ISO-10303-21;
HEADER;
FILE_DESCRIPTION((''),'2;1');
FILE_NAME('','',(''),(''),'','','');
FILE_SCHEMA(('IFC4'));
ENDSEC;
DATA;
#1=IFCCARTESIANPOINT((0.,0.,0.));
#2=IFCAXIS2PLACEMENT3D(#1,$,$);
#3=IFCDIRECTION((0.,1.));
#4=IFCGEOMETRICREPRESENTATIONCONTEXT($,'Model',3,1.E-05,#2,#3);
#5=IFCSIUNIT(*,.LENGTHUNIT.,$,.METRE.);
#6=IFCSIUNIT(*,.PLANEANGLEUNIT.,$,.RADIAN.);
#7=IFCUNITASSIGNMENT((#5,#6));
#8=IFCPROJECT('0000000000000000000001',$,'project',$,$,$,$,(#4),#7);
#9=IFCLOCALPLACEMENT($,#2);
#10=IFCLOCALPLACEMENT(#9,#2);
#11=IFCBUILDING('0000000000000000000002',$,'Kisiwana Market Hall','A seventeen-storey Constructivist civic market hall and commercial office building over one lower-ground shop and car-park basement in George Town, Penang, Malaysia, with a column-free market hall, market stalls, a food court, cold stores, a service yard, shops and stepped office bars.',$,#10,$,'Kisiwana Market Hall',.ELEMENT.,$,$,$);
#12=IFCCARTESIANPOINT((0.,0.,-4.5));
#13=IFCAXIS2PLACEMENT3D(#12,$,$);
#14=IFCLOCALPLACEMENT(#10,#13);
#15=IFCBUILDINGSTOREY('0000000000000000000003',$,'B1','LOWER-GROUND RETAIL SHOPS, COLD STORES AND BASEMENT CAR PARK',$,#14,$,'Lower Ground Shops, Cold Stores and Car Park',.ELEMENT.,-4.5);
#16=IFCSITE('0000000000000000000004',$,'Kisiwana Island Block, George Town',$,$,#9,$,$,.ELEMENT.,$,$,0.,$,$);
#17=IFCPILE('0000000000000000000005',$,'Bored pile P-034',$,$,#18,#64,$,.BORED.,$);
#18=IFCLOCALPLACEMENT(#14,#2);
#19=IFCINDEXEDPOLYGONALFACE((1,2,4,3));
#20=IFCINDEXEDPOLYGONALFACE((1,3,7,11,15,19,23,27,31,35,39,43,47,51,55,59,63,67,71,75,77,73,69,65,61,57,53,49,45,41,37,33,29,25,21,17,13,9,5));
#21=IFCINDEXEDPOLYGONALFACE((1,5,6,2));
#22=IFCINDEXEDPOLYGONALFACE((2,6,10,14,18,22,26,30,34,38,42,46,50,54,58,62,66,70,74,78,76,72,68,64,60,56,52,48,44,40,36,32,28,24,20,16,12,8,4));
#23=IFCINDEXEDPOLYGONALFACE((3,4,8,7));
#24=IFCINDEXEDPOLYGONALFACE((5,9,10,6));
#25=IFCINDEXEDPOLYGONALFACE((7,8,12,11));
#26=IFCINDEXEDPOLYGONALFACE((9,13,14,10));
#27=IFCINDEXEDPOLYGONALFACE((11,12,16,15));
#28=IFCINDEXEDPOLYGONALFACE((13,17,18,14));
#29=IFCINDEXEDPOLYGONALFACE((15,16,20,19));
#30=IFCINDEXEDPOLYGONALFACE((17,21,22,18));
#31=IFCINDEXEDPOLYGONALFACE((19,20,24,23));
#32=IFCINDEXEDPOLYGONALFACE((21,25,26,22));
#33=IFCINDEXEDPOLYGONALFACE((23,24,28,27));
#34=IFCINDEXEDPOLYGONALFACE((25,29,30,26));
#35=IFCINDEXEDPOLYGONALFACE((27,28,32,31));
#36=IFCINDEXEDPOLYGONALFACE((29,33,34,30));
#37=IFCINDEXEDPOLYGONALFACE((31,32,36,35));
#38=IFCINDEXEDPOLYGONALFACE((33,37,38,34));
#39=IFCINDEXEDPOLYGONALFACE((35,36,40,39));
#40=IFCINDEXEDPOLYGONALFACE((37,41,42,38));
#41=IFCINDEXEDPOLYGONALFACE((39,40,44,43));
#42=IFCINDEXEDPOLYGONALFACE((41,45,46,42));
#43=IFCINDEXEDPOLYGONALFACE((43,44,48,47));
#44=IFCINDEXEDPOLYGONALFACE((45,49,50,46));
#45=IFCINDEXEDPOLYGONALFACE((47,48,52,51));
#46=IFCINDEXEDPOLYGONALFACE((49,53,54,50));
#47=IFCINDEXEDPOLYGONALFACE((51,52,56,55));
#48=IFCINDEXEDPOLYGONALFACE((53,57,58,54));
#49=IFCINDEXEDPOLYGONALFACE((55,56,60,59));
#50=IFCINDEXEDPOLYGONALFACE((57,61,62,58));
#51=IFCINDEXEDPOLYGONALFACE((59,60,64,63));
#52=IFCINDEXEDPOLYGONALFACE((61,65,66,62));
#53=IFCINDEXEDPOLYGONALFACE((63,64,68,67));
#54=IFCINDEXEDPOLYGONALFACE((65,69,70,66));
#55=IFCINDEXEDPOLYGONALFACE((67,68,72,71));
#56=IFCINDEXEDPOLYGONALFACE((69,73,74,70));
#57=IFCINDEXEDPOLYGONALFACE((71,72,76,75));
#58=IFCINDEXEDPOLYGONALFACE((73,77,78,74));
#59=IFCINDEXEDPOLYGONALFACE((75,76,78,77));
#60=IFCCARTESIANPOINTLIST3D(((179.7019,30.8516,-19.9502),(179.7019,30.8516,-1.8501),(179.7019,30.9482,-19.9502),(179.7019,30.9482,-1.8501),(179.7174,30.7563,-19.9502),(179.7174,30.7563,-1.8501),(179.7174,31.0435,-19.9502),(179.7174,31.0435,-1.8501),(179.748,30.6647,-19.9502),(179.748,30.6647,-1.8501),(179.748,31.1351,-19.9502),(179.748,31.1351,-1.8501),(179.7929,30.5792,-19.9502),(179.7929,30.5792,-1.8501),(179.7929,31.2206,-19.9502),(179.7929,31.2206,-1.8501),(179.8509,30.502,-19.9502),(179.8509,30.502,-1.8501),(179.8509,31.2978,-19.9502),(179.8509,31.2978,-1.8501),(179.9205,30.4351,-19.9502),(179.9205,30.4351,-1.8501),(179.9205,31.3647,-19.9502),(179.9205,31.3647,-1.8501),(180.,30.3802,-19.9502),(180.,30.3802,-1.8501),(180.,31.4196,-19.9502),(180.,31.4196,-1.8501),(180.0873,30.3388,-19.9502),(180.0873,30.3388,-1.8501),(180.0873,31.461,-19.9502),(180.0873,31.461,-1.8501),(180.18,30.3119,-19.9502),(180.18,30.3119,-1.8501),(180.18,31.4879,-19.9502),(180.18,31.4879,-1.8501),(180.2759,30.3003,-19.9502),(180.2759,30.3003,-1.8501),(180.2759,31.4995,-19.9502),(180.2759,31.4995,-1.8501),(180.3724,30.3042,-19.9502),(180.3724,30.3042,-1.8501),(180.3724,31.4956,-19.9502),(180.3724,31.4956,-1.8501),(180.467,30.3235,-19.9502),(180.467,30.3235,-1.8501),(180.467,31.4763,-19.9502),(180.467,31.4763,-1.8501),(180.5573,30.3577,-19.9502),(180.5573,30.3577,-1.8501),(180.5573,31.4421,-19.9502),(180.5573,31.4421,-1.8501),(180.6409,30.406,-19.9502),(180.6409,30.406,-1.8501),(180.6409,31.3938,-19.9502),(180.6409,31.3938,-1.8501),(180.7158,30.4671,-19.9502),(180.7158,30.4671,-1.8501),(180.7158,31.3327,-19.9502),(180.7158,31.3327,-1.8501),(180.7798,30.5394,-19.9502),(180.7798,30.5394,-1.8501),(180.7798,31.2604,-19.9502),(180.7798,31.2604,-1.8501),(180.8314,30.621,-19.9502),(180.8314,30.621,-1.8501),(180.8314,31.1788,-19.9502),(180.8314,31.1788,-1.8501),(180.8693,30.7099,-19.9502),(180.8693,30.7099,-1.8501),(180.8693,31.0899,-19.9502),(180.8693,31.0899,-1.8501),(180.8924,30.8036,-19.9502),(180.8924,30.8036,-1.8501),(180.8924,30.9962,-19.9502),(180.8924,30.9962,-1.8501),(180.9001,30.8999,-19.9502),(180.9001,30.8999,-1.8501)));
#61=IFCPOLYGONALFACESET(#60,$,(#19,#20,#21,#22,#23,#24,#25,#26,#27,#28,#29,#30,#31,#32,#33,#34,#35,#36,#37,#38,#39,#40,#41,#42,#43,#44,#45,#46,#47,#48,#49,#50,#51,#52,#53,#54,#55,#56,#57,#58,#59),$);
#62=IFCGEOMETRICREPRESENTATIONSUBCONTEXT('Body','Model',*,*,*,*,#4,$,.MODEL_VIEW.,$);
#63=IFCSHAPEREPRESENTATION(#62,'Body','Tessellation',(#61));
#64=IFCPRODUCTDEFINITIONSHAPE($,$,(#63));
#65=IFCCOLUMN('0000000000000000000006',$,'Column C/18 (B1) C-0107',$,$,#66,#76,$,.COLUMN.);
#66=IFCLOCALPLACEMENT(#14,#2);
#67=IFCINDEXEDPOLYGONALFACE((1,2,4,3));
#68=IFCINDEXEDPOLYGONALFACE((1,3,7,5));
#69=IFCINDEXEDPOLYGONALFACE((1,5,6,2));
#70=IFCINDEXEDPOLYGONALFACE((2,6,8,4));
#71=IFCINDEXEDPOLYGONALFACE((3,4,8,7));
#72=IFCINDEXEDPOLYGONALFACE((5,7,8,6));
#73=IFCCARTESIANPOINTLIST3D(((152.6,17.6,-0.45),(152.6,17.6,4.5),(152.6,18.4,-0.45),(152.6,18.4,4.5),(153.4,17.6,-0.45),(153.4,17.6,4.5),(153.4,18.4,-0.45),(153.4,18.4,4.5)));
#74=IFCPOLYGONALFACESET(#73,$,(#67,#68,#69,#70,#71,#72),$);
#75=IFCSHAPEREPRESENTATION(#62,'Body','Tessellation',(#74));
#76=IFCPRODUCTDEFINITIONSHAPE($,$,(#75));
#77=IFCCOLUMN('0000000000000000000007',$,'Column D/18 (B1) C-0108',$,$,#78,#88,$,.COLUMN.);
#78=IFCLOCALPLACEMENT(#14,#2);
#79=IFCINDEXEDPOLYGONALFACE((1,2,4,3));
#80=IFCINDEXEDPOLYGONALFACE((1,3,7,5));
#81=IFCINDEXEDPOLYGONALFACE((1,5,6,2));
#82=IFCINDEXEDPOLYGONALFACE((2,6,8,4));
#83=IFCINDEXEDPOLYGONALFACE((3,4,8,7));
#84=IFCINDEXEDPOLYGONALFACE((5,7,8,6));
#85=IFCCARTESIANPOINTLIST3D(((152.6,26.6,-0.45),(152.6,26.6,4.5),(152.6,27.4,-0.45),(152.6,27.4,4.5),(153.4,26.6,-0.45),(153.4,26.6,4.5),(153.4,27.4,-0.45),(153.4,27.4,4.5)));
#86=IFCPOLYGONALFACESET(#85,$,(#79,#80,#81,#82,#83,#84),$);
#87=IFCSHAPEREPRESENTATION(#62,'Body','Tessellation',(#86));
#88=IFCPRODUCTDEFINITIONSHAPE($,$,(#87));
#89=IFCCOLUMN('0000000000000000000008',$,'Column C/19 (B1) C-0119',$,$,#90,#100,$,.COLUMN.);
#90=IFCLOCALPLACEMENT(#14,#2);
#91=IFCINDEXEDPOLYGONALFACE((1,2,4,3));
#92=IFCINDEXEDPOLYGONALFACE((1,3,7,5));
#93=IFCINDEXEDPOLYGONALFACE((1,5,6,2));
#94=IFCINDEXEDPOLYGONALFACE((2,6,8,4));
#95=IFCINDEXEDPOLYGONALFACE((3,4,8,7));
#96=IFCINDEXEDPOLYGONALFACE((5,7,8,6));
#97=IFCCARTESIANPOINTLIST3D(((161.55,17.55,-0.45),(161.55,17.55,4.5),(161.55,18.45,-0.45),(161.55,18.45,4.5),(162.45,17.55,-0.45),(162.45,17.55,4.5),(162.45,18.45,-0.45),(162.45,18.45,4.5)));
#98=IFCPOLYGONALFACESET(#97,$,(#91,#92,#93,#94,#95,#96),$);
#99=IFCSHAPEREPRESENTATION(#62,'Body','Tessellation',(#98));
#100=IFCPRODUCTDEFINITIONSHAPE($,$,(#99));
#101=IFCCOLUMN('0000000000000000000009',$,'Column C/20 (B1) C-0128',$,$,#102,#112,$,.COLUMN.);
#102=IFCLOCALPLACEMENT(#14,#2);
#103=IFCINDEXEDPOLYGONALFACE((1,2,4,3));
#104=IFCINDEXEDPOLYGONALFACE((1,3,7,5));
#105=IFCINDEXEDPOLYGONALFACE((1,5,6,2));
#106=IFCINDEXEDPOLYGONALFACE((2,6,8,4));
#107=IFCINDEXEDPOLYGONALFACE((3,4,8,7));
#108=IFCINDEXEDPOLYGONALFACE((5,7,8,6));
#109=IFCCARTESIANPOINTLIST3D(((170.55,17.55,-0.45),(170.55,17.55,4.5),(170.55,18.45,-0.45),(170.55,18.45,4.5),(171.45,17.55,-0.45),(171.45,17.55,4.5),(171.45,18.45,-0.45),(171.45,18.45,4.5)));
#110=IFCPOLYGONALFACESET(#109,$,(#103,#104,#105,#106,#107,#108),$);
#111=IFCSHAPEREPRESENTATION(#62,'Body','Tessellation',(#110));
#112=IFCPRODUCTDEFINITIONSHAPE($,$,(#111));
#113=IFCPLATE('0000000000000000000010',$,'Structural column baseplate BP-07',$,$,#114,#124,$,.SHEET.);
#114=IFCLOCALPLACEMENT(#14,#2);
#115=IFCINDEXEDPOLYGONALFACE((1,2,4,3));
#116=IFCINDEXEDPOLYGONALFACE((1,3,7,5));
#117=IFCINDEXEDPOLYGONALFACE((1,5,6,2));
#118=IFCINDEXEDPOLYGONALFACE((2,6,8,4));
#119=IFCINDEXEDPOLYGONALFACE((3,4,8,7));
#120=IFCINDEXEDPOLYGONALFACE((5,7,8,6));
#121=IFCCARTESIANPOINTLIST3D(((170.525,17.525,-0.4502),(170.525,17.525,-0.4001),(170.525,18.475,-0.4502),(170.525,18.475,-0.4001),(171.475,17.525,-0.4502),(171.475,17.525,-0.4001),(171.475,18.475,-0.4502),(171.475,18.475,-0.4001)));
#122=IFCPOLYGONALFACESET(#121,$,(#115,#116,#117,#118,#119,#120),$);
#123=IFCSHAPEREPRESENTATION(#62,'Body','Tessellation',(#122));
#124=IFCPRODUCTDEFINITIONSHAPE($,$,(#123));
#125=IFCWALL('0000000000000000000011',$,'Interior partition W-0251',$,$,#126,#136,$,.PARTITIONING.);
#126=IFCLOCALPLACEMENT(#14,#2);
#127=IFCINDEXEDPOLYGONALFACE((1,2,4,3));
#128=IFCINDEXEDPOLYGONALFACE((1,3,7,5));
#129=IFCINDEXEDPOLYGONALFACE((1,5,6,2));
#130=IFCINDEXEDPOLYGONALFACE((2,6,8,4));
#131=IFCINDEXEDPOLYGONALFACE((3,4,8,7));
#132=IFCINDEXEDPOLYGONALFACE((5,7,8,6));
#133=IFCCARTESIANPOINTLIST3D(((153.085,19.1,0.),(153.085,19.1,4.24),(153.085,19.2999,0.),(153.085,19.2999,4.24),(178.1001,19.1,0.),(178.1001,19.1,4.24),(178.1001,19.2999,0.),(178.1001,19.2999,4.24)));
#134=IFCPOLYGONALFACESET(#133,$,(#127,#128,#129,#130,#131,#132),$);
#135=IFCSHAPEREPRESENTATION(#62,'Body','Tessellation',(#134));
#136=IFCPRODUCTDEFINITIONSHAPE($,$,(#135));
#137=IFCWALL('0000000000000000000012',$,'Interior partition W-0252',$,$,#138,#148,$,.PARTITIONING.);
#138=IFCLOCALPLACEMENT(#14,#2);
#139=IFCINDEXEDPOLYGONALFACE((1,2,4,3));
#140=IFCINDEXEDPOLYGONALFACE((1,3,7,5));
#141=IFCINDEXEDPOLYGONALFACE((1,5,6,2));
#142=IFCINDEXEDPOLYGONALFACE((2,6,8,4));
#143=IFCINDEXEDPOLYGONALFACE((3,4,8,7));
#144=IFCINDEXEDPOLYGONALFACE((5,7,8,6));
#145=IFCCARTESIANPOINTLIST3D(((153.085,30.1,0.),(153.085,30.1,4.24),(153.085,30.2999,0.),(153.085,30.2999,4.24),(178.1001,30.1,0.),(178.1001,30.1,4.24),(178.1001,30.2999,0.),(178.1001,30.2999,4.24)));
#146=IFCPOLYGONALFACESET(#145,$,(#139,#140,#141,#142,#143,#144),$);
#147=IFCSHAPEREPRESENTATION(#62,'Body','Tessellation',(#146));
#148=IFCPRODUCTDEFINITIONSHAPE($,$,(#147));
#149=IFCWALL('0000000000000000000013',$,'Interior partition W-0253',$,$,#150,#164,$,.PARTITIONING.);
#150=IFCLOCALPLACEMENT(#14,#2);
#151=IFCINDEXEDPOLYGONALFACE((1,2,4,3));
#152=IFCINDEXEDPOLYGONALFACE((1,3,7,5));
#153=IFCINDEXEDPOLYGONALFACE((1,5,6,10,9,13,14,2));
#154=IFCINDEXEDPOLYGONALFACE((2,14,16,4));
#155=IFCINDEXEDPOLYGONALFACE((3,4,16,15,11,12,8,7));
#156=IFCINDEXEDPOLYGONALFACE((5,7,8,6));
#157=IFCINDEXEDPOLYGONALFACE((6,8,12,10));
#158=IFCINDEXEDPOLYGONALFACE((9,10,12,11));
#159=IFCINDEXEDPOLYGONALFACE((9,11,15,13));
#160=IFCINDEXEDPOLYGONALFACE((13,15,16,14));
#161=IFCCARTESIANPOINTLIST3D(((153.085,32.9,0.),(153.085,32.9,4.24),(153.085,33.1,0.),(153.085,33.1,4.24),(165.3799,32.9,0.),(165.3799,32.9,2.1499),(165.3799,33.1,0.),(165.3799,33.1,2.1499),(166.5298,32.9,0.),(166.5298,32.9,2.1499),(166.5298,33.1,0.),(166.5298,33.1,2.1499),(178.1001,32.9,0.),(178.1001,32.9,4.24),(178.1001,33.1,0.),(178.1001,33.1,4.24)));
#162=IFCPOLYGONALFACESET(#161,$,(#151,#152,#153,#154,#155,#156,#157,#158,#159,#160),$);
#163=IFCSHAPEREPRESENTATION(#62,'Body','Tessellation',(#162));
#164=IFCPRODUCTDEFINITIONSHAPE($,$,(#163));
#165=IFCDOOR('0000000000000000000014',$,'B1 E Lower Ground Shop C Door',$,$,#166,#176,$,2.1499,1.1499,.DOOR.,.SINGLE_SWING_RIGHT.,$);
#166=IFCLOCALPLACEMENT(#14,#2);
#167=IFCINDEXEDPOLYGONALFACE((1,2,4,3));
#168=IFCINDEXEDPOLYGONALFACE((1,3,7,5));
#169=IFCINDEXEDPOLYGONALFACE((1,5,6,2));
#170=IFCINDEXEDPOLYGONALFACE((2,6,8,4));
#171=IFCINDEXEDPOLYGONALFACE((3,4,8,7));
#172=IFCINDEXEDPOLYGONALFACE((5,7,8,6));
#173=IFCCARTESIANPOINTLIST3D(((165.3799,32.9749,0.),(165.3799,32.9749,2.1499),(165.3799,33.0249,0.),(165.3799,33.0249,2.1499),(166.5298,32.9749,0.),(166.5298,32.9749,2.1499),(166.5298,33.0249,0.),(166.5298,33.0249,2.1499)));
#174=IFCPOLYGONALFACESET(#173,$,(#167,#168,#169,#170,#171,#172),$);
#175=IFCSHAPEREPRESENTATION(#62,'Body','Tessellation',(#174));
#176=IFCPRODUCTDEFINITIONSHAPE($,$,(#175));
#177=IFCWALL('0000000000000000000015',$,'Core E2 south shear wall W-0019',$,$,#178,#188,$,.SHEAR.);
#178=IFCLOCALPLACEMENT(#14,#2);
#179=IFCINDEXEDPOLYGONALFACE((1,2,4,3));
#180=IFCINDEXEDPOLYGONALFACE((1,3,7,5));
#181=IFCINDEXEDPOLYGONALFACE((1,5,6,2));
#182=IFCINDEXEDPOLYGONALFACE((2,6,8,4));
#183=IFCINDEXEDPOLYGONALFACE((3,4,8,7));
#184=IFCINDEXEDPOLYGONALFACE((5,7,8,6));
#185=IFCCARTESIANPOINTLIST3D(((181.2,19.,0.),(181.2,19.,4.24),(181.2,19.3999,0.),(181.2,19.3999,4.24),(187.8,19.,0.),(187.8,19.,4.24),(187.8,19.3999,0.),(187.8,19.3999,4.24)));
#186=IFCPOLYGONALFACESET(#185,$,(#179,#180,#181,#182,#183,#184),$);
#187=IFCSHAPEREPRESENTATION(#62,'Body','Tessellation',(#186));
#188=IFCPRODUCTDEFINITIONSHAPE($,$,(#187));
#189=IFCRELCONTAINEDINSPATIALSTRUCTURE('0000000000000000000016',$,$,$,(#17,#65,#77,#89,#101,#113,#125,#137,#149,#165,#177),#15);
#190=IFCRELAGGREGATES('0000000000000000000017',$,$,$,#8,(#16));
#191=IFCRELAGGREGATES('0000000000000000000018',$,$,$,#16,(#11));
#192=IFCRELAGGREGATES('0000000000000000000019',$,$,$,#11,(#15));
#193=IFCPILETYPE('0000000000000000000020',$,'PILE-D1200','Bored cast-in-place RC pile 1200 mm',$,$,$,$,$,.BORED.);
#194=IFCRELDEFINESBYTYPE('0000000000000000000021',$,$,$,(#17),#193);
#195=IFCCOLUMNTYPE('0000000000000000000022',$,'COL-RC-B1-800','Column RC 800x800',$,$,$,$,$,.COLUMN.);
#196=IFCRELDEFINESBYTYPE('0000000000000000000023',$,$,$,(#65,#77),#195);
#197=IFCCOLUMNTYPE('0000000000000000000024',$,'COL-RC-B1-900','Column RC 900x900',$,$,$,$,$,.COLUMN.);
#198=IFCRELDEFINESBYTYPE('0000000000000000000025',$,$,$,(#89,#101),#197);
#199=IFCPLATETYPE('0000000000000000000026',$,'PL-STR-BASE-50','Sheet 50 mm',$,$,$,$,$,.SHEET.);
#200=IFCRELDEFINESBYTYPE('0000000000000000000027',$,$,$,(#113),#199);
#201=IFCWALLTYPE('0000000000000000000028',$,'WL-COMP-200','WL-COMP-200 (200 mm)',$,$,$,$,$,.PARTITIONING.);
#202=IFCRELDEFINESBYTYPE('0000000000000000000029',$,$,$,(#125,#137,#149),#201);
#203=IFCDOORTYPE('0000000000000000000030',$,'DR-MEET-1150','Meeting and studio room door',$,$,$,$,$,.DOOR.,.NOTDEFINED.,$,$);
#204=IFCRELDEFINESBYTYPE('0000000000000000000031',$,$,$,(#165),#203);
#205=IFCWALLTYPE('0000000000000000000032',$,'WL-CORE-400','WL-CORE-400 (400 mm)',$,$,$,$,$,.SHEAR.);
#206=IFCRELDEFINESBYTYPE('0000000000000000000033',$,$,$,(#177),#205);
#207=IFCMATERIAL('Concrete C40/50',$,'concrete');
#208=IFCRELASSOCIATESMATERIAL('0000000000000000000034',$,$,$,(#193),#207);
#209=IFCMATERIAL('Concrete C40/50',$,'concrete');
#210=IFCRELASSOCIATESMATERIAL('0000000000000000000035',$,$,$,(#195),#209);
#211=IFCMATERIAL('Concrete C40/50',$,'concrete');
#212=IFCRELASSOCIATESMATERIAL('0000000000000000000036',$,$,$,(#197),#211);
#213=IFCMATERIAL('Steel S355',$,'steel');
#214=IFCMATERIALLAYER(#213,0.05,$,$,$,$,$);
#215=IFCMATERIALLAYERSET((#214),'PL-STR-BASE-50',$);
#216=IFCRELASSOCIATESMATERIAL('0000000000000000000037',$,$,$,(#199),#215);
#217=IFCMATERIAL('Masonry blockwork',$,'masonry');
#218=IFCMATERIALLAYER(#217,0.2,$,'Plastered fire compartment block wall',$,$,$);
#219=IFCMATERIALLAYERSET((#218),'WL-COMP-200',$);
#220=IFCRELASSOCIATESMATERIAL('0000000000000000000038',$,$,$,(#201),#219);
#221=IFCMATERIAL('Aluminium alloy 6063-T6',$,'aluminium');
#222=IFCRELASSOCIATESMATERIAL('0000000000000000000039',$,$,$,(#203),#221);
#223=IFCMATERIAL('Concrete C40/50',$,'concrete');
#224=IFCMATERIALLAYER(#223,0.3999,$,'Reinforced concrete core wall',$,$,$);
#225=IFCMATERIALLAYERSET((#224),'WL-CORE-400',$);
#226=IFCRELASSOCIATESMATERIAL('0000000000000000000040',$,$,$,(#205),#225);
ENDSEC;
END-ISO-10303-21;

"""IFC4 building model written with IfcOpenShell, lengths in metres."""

from ifc_helpers import new_model, si_unit, direction, frame, frame_2d, origin, origin_2d, place, context, subcontext, project, spatial, rectangle, circle, extrude, material, layer, layer_set, material_profile, profile_set, type_object, element, fill, save


model = new_model("IFC4")

# Units and contexts
model_context = context("Model", 3, precision=1e-05, world=origin(), true_north=direction((0.0, 1.0)))
body_context = subcontext(model_context, "Body", "Model", "MODEL_VIEW")
ifc_project = project(units=[si_unit("LENGTHUNIT", "METRE"), si_unit("PLANEANGLEUNIT", "RADIAN")], contexts=[model_context])

# Site, building, storey
site_placement = place(None, origin())
site = spatial("IfcSite", under=ifc_project, at=site_placement, Name="Kisiwana Island Block, George Town", CompositionType="ELEMENT", RefElevation=0.0)
building_placement = place(site_placement, origin())
building = spatial("IfcBuilding", under=site, at=building_placement, Name="Kisiwana Market Hall", Description="A seventeen-storey Constructivist civic market hall and commercial office building over one lower-ground shop and car-park basement in George Town, Penang, Malaysia, with a column-free market hall, market stalls, a food court, cold stores, a service yard, shops and stepped office bars.", LongName="Kisiwana Market Hall", CompositionType="ELEMENT")
storey_placement = place(building_placement, frame((0.0, 0.0, -4.5)))
storey = spatial("IfcBuildingStorey", under=building, at=storey_placement, Name="B1", Description="LOWER-GROUND RETAIL SHOPS, COLD STORES AND BASEMENT CAR PARK", LongName="Lower Ground Shops, Cold Stores and Car Park", CompositionType="ELEMENT", Elevation=-4.5)

# Pile
ifc_material_1 = material(Name="Concrete C40/50", Category="concrete")
ifc_material_profile_1 = material_profile(ifc_material_1, circle(Radius=0.6001, at=origin_2d()), Name="BP D1200")
ifc_profile_set_1 = profile_set([ifc_material_profile_1], Name="Concrete C40/50")
pile_type_1 = type_object("IfcPileType", Name="PILE-D1200", Description="Bored cast-in-place RC pile 1200 mm", PredefinedType="BORED", material=ifc_profile_set_1)
for number, where, z_axis, x_axis, name in (
    (1, (180.3, 30.8999, -1.8501), (0.0, 0.0, -1.0), (1.0, 0.0, 0.0), "Bored pile P-034"),
):
    element("IfcPile", number, at=place(storey_placement, frame(where, z_axis=z_axis, x_axis=x_axis)), inside=storey, type_object=pile_type_1, Name=name, PredefinedType="BORED", context=body_context, shape_type="SweptSolid", body=[
        extrude(circle(Radius=0.6001, at=origin_2d()), origin(), (0.0, 0.0, 1.0), 18.1001),
    ])

# Columns
ifc_material_2 = material(Name="Concrete C40/50", Category="concrete")
ifc_material_profile_2 = material_profile(ifc_material_2, rectangle(XDim=0.8, YDim=0.8, at=origin_2d()), Name="RC 800x800")
ifc_profile_set_2 = profile_set([ifc_material_profile_2], Name="Concrete C40/50")
column_type_1 = type_object("IfcColumnType", Name="COL-RC-B1-800", Description="Column RC 800x800", PredefinedType="COLUMN", material=ifc_profile_set_2)
for number, where, z_axis, x_axis, name in (
    (2, (153.0, 18.0, -0.45), (0.0, 0.0, 1.0), (1.0, 0.0, 0.0), "Column C/18 (B1) C-0107"),
    (3, (153.0, 27.0, -0.45), (0.0, 0.0, 1.0), (1.0, 0.0, 0.0), "Column D/18 (B1) C-0108"),
):
    element("IfcColumn", number, at=place(storey_placement, frame(where, z_axis=z_axis, x_axis=x_axis)), inside=storey, type_object=column_type_1, Name=name, PredefinedType="COLUMN", context=body_context, shape_type="SweptSolid", body=[
        extrude(rectangle(XDim=0.8, YDim=0.8, at=origin_2d()), origin(), (0.0, 0.0, 1.0), 4.95),
    ])
ifc_material_3 = material(Name="Concrete C40/50", Category="concrete")
ifc_material_profile_3 = material_profile(ifc_material_3, rectangle(XDim=0.8999, YDim=0.8999, at=origin_2d()), Name="RC 900x900")
ifc_profile_set_3 = profile_set([ifc_material_profile_3], Name="Concrete C40/50")
column_type_2 = type_object("IfcColumnType", Name="COL-RC-B1-900", Description="Column RC 900x900", PredefinedType="COLUMN", material=ifc_profile_set_3)
for number, where, z_axis, x_axis, name in (
    (4, (162.0, 18.0, -0.45), (0.0, 0.0, 1.0), (1.0, 0.0, 0.0), "Column C/19 (B1) C-0119"),
    (5, (171.0, 18.0, -0.45), (0.0, 0.0, 1.0), (1.0, 0.0, 0.0), "Column C/20 (B1) C-0128"),
):
    element("IfcColumn", number, at=place(storey_placement, frame(where, z_axis=z_axis, x_axis=x_axis)), inside=storey, type_object=column_type_2, Name=name, PredefinedType="COLUMN", context=body_context, shape_type="SweptSolid", body=[
        extrude(rectangle(XDim=0.8999, YDim=0.8999, at=origin_2d()), origin(), (0.0, 0.0, 1.0), 4.95),
    ])

# Plate
ifc_material_4 = material(Name="Steel S355", Category="steel")
ifc_layer_1 = layer(ifc_material_4, 0.05)
ifc_layer_set_1 = layer_set([ifc_layer_1], Name="PL-STR-BASE-50")
plate_type = type_object("IfcPlateType", Name="PL-STR-BASE-50", Description="Sheet 50 mm", PredefinedType="SHEET", material=ifc_layer_set_1)
plate_placement = place(storey_placement, frame((171.0, 18.0, -0.4502), z_axis=(0.0, 0.0, 1.0), x_axis=(1.0, 0.0, 0.0)))
element("IfcPlate", 6, at=plate_placement, inside=storey, type_object=plate_type, Name="Structural column baseplate BP-07", PredefinedType="SHEET", context=body_context, shape_type="SweptSolid", body=[
    extrude(rectangle(XDim=0.95, YDim=0.95, at=origin_2d()), origin(), (0.0, 0.0, 1.0), 0.05),
])

# Walls
ifc_material_5 = material(Name="Masonry blockwork", Category="masonry")
ifc_layer_2 = layer(ifc_material_5, 0.2, Name="Plastered fire compartment block wall")
ifc_layer_set_2 = layer_set([ifc_layer_2], Name="WL-COMP-200")
wall_type_1 = type_object("IfcWallType", Name="WL-COMP-200", Description="WL-COMP-200 (200 mm)", PredefinedType="PARTITIONING", material=ifc_layer_set_2)
for number, where, z_axis, x_axis, name in (
    (7, (153.085, 19.2, 0.0), (0.0, 0.0, 1.0), (1.0, 0.0, 0.0), "Interior partition W-0251"),
    (8, (153.085, 30.2, 0.0), (0.0, 0.0, 1.0), (1.0, 0.0, 0.0), "Interior partition W-0252"),
):
    element("IfcWall", number, at=place(storey_placement, frame(where, z_axis=z_axis, x_axis=x_axis)), inside=storey, type_object=wall_type_1, Name=name, PredefinedType="PARTITIONING", context=body_context, shape_type="SweptSolid", body=[
        extrude(rectangle(XDim=25.0151, YDim=0.2, at=frame_2d((12.5076, 0.0))), origin(), (0.0, 0.0, 1.0), 4.24),
    ])

# Wall, opening, door
wall_1_placement = place(storey_placement, frame((153.085, 33.0, 0.0), z_axis=(0.0, 0.0, 1.0), x_axis=(1.0, 0.0, 0.0)))
wall_1 = element("IfcWall", 9, at=wall_1_placement, inside=storey, type_object=wall_type_1, Name="Interior partition W-0253", PredefinedType="PARTITIONING", context=body_context, shape_type="SweptSolid", body=[
    extrude(rectangle(XDim=25.0151, YDim=0.2, at=frame_2d((12.5076, 0.0))), origin(), (0.0, 0.0, 1.0), 4.24),
])
opening_1_placement = place(wall_1_placement, frame((12.2949, 0.0, 0.0)))
opening_1 = element("IfcOpeningElement", 10, at=opening_1_placement, cuts=wall_1, PredefinedType="OPENING", context=body_context, shape_type="SweptSolid", body=[
    extrude(rectangle(XDim=1.1499, YDim=2.1499, at=frame_2d((0.575, 1.075))), frame((0.0, 0.1118, 0.0), z_axis=(0.0, -1.0, 0.0), x_axis=(1.0, 0.0, 0.0)), (0.0, 0.0, 1.0), 0.2239),
])
ifc_material_6 = material(Name="Aluminium alloy 6063-T6", Category="aluminium")
door_type_1 = type_object("IfcDoorType", Name="DR-MEET-1150", Description="Meeting and studio room door", OperationType="NOTDEFINED", PredefinedType="DOOR", material=ifc_material_6)
door_1_placement = place(opening_1_placement, origin())
door_1 = element("IfcDoor", 11, at=door_1_placement, inside=storey, type_object=door_type_1, Name="B1 E Lower Ground Shop C Door", OperationType="SINGLE_SWING_RIGHT", OverallHeight=2.1499, OverallWidth=1.1499, PredefinedType="DOOR", context=body_context, shape_type="SweptSolid", body=[
    extrude(rectangle(XDim=1.1499, YDim=2.1499, at=frame_2d((0.575, 1.075))), frame((0.0, 0.0249, 0.0), z_axis=(0.0, -1.0, 0.0), x_axis=(1.0, 0.0, 0.0)), (0.0, 0.0, 1.0), 0.05),
])
fill(opening_1, door_1)

# Wall
ifc_material_7 = material(Name="Concrete C40/50", Category="concrete")
ifc_layer_3 = layer(ifc_material_7, 0.3999, Name="Reinforced concrete core wall")
ifc_layer_set_3 = layer_set([ifc_layer_3], Name="WL-CORE-400")
wall_type_2 = type_object("IfcWallType", Name="WL-CORE-400", Description="WL-CORE-400 (400 mm)", PredefinedType="SHEAR", material=ifc_layer_set_3)
wall_2_placement = place(storey_placement, frame((181.2, 19.2, 0.0), z_axis=(0.0, 0.0, 1.0), x_axis=(1.0, 0.0, 0.0)))
element("IfcWall", 12, at=wall_2_placement, inside=storey, type_object=wall_type_2, Name="Core E2 south shear wall W-0019", PredefinedType="SHEAR", context=body_context, shape_type="SweptSolid", body=[
    extrude(rectangle(XDim=6.6001, YDim=0.3999, at=frame_2d((3.3, 0.0))), origin(), (0.0, 0.0, 1.0), 4.24),
])

save(model, "model.ifc")
